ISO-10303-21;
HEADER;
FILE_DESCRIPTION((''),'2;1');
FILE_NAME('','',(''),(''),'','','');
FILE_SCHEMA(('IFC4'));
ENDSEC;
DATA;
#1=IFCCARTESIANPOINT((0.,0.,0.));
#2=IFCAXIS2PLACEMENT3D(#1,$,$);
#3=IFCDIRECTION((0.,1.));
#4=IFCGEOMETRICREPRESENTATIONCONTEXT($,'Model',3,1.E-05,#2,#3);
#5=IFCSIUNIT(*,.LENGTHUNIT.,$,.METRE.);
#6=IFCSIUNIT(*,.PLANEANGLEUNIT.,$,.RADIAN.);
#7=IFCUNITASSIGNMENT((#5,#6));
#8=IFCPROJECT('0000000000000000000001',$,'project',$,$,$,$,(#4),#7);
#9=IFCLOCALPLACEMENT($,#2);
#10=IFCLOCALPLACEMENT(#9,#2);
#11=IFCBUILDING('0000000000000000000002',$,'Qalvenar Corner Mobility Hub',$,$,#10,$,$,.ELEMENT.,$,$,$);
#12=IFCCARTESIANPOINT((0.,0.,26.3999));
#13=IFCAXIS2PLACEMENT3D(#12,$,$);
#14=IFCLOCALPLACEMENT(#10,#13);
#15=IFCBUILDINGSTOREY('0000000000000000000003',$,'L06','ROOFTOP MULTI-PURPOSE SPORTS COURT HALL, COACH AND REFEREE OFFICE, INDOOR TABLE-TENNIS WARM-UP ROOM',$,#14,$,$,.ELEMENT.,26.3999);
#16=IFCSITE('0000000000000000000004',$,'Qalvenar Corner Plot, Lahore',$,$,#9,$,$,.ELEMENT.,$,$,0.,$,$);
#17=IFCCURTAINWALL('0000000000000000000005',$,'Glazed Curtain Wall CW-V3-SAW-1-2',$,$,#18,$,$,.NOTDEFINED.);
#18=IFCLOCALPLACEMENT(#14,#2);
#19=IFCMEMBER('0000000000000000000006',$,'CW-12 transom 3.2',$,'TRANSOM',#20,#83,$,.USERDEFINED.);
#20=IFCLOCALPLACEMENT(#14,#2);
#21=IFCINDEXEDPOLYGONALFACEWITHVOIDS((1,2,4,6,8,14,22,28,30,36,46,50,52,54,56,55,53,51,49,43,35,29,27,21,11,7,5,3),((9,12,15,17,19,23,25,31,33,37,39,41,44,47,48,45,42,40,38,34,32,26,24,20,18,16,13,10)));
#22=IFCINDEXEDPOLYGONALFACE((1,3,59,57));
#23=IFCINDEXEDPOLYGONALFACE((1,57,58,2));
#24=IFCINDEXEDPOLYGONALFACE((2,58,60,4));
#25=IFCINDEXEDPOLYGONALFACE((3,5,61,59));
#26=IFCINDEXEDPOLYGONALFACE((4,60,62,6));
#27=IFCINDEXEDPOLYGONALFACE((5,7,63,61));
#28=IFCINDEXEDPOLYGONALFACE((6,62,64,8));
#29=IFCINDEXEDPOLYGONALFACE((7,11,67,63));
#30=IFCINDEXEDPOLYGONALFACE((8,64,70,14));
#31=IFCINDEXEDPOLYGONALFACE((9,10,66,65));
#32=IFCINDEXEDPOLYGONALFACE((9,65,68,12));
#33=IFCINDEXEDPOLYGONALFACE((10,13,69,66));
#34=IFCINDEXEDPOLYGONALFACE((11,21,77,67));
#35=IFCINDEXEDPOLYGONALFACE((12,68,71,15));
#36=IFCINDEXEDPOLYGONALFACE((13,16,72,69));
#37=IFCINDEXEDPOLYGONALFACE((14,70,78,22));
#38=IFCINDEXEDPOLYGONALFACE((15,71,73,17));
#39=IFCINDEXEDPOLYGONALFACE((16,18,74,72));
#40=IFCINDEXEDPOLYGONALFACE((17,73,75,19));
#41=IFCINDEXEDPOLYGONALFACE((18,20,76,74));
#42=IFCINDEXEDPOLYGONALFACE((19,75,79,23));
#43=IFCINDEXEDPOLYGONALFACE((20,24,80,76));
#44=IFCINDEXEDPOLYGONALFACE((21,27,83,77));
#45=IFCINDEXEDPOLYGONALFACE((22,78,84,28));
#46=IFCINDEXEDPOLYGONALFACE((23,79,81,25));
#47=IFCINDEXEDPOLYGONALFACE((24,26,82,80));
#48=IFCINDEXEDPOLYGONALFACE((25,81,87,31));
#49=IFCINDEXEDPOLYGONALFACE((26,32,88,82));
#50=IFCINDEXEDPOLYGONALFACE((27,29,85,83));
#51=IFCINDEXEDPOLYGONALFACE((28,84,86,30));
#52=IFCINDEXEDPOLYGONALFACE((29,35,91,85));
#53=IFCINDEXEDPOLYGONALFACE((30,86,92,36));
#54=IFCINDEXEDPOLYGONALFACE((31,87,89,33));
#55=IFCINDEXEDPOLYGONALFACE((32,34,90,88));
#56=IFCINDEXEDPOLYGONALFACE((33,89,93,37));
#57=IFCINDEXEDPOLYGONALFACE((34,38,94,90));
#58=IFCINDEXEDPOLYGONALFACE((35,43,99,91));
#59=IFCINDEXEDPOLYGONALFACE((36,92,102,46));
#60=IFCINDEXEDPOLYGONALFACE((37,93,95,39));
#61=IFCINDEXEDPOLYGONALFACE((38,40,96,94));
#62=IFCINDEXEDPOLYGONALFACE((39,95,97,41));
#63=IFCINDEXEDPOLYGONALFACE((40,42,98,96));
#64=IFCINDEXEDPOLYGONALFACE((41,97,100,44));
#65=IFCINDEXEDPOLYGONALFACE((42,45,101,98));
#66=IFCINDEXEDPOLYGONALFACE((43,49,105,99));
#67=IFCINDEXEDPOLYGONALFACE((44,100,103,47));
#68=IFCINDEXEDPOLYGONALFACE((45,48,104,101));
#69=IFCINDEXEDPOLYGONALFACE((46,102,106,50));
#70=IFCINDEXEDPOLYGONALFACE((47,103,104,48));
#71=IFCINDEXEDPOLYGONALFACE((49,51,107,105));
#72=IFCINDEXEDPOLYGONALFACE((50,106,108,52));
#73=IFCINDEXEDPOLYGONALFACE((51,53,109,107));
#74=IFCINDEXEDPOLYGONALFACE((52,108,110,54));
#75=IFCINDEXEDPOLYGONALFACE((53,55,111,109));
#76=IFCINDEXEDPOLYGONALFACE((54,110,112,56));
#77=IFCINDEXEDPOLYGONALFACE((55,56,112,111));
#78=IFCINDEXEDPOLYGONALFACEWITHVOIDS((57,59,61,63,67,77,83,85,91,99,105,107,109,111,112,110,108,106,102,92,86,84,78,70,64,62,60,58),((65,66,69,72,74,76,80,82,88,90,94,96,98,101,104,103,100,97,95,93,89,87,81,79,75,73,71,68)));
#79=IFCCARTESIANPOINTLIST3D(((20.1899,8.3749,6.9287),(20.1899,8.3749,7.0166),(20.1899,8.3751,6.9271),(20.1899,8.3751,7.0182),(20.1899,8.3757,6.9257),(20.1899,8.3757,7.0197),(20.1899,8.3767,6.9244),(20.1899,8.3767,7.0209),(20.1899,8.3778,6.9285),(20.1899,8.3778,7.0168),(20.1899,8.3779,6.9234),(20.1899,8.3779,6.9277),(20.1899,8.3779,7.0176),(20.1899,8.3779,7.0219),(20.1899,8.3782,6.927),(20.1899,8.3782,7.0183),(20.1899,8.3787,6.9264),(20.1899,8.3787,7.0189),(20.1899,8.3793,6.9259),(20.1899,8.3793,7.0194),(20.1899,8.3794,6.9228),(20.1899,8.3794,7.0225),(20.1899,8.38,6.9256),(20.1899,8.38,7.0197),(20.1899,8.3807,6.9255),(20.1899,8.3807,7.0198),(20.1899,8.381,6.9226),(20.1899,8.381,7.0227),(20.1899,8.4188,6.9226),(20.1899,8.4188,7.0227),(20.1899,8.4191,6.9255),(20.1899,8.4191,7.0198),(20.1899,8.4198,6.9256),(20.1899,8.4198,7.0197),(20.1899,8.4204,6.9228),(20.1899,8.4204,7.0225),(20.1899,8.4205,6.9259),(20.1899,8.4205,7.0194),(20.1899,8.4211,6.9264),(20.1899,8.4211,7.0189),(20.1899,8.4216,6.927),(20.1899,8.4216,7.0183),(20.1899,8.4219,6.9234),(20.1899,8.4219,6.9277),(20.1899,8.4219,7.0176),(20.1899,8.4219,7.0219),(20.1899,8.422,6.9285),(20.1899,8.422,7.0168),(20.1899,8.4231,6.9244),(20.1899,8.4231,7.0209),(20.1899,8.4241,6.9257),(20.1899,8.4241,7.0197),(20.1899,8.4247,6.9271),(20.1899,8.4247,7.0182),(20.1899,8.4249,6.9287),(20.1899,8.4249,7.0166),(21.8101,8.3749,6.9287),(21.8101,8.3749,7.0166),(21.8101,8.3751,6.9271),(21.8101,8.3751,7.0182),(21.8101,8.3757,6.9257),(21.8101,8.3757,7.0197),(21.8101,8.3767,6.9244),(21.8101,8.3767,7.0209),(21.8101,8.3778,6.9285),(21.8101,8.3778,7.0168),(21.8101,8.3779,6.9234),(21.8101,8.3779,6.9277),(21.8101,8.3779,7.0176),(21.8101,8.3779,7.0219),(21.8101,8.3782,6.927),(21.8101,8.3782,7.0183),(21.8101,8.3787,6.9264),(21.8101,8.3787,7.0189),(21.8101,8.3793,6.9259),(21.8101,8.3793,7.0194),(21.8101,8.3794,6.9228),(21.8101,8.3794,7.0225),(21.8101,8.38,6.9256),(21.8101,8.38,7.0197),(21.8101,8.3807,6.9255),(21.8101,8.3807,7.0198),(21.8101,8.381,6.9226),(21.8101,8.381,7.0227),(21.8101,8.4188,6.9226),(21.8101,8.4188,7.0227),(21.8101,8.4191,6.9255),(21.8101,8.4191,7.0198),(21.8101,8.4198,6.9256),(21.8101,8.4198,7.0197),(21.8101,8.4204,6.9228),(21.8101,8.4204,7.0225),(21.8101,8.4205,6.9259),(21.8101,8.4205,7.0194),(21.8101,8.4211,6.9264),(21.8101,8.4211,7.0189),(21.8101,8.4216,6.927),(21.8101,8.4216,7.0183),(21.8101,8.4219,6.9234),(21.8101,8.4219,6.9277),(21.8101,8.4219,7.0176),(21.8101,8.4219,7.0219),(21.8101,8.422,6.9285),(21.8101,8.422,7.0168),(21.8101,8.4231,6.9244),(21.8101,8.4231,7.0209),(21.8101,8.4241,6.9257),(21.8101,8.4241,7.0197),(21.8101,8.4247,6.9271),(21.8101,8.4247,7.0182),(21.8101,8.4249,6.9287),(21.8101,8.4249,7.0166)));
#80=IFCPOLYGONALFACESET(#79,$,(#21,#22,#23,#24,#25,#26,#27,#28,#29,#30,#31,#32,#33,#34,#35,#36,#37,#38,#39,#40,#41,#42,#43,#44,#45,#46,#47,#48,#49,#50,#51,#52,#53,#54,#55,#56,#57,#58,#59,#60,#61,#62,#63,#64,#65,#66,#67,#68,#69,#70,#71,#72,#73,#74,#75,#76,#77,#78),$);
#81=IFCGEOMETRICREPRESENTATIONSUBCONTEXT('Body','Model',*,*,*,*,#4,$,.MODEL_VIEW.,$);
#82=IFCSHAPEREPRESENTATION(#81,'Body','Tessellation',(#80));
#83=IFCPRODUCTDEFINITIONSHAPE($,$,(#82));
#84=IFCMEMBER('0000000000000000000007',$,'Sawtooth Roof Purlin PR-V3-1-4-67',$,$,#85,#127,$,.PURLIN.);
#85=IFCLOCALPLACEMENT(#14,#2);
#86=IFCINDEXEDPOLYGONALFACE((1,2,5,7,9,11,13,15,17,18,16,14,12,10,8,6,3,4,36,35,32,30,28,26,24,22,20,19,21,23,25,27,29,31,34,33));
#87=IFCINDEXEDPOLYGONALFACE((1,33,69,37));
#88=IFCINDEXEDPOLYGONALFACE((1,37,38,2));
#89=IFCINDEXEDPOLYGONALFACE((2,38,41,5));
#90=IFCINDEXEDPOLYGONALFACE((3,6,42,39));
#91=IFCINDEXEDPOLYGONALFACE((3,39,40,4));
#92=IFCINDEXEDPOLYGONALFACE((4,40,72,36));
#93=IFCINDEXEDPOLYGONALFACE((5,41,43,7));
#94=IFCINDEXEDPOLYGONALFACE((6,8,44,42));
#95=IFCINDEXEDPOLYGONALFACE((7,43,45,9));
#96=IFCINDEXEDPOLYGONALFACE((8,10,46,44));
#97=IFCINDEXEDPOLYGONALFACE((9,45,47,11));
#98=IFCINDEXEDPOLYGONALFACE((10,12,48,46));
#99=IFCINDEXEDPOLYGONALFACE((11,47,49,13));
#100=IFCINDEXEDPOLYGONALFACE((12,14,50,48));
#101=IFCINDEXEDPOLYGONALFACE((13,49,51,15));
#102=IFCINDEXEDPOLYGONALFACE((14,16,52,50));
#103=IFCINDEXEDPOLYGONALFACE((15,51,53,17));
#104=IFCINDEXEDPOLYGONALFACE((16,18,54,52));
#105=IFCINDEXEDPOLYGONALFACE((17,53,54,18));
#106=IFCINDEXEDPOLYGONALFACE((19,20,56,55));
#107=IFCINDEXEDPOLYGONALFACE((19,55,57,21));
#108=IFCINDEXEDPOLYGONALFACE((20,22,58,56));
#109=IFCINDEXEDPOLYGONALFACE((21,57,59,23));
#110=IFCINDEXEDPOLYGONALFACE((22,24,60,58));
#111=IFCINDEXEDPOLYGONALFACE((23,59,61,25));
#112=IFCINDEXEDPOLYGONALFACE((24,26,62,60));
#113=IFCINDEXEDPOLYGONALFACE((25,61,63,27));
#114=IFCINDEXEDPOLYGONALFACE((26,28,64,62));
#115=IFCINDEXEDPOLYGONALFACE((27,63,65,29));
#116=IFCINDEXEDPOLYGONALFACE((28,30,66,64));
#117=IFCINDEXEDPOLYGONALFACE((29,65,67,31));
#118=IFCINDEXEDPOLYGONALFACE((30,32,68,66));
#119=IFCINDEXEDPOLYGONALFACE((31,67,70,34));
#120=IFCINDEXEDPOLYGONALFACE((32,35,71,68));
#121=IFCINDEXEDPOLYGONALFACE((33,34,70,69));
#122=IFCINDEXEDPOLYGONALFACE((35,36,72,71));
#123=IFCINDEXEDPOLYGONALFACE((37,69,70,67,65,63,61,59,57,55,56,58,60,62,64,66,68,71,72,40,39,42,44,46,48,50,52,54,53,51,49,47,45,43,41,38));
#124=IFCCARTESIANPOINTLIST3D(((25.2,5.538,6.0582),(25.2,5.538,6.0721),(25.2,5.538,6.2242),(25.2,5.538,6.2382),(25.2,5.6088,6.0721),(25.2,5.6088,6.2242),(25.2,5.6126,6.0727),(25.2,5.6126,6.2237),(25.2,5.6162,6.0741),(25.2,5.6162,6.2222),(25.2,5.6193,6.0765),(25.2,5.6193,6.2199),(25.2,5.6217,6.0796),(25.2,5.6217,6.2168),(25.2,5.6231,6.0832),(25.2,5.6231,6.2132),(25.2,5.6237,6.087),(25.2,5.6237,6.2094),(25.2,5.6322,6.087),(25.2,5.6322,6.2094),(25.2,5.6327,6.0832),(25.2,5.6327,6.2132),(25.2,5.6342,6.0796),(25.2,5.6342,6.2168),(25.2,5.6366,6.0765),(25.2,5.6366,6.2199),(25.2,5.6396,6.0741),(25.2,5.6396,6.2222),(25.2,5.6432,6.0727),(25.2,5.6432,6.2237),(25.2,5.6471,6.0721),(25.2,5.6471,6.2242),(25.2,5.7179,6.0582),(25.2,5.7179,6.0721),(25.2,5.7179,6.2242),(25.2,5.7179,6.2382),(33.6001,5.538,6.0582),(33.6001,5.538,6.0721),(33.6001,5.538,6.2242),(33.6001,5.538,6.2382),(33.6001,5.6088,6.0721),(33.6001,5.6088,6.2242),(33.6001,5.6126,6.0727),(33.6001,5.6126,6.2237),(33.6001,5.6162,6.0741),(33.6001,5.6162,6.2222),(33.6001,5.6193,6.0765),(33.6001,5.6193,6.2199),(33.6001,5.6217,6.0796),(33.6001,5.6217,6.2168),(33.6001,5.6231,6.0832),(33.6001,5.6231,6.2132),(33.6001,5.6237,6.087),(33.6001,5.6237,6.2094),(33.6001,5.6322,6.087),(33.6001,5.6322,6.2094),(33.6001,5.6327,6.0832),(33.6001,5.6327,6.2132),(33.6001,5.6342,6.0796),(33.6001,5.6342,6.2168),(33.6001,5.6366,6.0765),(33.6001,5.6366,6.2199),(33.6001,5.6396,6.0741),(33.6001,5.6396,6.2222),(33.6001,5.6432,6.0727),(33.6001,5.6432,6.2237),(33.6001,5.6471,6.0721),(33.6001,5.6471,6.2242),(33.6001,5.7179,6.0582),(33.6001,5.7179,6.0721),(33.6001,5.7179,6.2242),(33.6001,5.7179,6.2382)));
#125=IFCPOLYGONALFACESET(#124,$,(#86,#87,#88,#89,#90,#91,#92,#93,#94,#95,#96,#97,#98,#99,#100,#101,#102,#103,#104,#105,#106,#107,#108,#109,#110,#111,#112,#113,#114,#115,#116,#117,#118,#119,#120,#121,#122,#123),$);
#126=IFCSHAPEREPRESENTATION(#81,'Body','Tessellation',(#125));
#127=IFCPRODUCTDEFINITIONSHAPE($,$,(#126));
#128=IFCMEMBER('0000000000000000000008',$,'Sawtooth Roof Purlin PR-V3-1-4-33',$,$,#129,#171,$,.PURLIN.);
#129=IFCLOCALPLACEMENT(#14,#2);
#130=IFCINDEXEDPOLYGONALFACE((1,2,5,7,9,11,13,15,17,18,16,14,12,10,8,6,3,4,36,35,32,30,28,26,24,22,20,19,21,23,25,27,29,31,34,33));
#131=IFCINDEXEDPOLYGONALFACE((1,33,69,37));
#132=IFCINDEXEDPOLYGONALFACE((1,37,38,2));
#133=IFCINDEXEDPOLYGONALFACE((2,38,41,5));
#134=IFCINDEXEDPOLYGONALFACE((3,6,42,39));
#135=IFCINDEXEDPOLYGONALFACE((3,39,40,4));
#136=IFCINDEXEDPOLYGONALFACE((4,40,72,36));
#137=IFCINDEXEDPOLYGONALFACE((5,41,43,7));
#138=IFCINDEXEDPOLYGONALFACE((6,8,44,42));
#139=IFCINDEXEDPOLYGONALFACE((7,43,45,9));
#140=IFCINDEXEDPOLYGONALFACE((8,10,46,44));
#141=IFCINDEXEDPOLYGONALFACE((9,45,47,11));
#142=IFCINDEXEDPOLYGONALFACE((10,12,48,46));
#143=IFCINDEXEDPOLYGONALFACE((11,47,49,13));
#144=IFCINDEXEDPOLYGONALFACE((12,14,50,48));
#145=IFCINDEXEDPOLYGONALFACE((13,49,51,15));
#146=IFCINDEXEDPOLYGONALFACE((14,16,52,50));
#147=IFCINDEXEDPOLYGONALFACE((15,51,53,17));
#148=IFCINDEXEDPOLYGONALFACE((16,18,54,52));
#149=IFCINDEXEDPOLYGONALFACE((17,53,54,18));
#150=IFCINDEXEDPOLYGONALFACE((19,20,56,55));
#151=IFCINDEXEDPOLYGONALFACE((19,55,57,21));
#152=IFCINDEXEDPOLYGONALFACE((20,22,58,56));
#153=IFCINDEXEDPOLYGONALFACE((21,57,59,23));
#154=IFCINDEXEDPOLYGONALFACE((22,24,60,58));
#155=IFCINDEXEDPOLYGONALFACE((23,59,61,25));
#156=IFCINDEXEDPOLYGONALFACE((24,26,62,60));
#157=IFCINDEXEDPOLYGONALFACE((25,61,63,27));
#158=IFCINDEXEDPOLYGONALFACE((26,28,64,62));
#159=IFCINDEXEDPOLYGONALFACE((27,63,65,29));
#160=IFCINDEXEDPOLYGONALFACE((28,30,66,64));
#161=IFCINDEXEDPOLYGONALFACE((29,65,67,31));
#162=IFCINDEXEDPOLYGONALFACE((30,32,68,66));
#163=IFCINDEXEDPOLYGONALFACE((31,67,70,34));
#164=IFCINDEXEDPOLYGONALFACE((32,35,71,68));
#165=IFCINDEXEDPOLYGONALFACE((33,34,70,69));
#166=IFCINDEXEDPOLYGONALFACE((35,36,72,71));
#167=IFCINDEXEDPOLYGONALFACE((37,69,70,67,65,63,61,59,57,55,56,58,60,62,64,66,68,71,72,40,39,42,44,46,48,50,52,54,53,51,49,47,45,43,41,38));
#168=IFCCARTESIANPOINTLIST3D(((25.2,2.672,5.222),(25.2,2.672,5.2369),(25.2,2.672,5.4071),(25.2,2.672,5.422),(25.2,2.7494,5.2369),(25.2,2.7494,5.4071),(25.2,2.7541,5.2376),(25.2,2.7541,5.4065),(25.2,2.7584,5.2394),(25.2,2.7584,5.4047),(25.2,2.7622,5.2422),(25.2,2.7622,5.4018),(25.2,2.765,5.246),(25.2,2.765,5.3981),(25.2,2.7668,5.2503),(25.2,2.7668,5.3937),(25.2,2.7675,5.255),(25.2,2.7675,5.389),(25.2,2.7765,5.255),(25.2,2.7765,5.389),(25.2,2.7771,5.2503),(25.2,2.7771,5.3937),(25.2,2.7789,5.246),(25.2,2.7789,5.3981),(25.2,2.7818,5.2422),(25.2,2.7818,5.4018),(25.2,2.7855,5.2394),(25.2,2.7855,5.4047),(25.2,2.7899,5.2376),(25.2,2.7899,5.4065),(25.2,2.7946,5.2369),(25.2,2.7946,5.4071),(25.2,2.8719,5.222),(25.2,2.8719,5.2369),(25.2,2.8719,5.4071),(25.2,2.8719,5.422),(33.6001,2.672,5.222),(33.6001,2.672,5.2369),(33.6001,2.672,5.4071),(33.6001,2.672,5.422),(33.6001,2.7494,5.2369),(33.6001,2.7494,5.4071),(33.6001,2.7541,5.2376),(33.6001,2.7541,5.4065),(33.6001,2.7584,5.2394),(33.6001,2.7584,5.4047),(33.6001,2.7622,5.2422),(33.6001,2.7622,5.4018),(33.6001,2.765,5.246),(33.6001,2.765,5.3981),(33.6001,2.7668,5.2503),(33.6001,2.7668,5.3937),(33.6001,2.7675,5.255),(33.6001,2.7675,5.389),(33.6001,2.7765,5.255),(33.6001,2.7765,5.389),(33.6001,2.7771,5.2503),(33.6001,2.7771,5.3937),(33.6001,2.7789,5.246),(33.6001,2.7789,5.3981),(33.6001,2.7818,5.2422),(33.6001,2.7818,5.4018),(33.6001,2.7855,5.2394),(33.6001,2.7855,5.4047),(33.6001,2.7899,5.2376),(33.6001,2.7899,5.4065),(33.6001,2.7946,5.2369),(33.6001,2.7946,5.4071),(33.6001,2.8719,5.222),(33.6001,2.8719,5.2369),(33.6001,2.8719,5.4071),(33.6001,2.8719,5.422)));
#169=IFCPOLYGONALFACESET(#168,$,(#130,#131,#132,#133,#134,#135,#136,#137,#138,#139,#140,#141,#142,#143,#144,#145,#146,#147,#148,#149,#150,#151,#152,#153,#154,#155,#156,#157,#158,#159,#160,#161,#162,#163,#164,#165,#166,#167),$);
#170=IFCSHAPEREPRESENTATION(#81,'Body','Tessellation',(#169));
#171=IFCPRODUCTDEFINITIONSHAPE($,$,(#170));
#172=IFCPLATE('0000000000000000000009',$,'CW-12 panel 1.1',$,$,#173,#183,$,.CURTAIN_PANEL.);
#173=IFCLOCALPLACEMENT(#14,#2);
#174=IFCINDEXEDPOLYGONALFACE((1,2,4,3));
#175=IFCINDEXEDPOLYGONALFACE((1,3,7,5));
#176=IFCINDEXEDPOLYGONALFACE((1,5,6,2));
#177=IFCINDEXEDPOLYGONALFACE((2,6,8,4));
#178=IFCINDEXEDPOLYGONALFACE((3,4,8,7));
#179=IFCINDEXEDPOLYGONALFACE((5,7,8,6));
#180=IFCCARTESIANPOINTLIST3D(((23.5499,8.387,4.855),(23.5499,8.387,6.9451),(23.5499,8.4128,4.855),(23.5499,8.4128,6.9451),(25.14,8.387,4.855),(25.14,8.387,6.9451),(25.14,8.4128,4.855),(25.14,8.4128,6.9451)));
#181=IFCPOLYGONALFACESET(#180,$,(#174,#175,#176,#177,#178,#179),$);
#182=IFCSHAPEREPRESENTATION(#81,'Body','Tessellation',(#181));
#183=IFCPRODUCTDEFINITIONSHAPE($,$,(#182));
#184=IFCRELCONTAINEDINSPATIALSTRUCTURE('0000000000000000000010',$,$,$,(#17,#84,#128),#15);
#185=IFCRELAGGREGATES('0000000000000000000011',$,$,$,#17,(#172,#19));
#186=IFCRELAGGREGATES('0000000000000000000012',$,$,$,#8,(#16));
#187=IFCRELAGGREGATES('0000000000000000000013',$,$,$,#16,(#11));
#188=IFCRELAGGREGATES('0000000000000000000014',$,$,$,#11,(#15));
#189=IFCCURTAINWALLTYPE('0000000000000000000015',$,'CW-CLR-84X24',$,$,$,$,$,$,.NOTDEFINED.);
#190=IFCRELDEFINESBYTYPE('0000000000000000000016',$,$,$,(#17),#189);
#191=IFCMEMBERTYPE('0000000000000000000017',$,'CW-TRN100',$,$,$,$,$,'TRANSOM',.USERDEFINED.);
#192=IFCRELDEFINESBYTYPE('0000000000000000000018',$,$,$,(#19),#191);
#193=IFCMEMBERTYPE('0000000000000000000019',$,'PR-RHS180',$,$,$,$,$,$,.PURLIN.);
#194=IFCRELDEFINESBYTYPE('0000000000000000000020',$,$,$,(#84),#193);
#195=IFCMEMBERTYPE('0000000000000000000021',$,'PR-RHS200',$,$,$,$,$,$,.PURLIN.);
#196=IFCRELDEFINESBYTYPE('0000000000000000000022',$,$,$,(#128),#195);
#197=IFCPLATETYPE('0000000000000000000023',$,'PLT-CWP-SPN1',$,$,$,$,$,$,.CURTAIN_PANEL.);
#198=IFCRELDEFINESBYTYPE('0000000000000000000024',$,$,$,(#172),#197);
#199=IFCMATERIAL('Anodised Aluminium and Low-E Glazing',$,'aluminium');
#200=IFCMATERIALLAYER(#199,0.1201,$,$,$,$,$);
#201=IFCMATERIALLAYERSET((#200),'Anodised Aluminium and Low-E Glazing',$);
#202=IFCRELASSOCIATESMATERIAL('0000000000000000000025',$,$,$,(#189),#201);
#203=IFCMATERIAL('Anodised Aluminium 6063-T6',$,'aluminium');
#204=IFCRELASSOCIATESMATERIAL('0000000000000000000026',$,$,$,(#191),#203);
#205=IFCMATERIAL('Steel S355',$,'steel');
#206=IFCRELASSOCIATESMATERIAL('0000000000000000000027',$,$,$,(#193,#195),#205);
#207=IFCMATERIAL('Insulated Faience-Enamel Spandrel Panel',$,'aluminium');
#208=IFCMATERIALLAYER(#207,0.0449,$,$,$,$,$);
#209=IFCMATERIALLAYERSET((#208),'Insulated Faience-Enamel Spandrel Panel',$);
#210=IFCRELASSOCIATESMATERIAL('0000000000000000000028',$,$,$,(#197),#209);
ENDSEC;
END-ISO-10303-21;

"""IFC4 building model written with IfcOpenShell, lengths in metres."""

from ifc_helpers import new_model, si_unit, direction, frame, origin, origin_2d, place, context, subcontext, project, spatial, rectangle, hollow_rectangle, i_section, extrude, material, layer, layer_set, material_profile, profile_set, type_object, element, aggregate, save


model = new_model("IFC4")

# Units and contexts
model_context = context("Model", 3, precision=1e-05, world=origin(), true_north=direction((0.0, 1.0)))
body_context = subcontext(model_context, "Body", "Model", "MODEL_VIEW")
ifc_project = project(units=[si_unit("LENGTHUNIT", "METRE"), si_unit("PLANEANGLEUNIT", "RADIAN")], contexts=[model_context])

# Site, building, storey
site_placement = place(None, origin())
site = spatial("IfcSite", under=ifc_project, at=site_placement, Name="Qalvenar Corner Plot, Lahore", CompositionType="ELEMENT", RefElevation=0.0)
building_placement = place(site_placement, origin())
building = spatial("IfcBuilding", under=site, at=building_placement, Name="Qalvenar Corner Mobility Hub", CompositionType="ELEMENT")
storey_placement = place(building_placement, frame((0.0, 0.0, 26.3999)))
storey = spatial("IfcBuildingStorey", under=building, at=storey_placement, Name="L06", Description="ROOFTOP MULTI-PURPOSE SPORTS COURT HALL, COACH AND REFEREE OFFICE, INDOOR TABLE-TENNIS WARM-UP ROOM", CompositionType="ELEMENT", Elevation=26.3999)

# Shared definitions
ifc_material_1 = material(Name="Steel S355", Category="steel")

# Curtain wall
ifc_material_2 = material(Name="Anodised Aluminium and Low-E Glazing", Category="aluminium")
ifc_layer_1 = layer(ifc_material_2, 0.1201)
ifc_layer_set_1 = layer_set([ifc_layer_1], Name="Anodised Aluminium and Low-E Glazing")
curtain_wall_type = type_object("IfcCurtainWallType", Name="CW-CLR-84X24", PredefinedType="NOTDEFINED", material=ifc_layer_set_1)
curtain_wall_1_placement = place(storey_placement, origin())
curtain_wall_1 = element("IfcCurtainWall", 1, at=curtain_wall_1_placement, inside=storey, type_object=curtain_wall_type, Name="Glazed Curtain Wall CW-V3-SAW-1-2", PredefinedType="NOTDEFINED")
ifc_material_3 = material(Name="Anodised Aluminium 6063-T6", Category="aluminium")

# Member
ifc_material_profile_1 = material_profile(ifc_material_3, hollow_rectangle(XDim=0.05, YDim=0.1001, WallThickness=0.0029, InnerFilletRadius=0.0029, OuterFilletRadius=0.0061, at=origin_2d()), Name="RHS100x50x3")
ifc_profile_set_1 = profile_set([ifc_material_profile_1], Name="Anodised Aluminium 6063-T6")
member_type_1 = type_object("IfcMemberType", Name="CW-TRN100", ElementType="TRANSOM", PredefinedType="USERDEFINED", material=ifc_profile_set_1)
member_1_placement = place(storey_placement, frame((21.8101, 8.3999, 6.9727), z_axis=(-1.0, 0.0, 0.0), x_axis=(0.0, -1.0, 0.0)))
member_1 = element("IfcMember", 2, at=member_1_placement, type_object=member_type_1, Name="CW-12 transom 3.2", ObjectType="TRANSOM", PredefinedType="USERDEFINED", context=body_context, shape_type="SweptSolid", body=[
    extrude(hollow_rectangle(XDim=0.05, YDim=0.1001, WallThickness=0.0029, InnerFilletRadius=0.0029, OuterFilletRadius=0.0061, at=origin_2d()), origin(), (0.0, 0.0, 1.0), 1.6201),
])

# Members
ifc_material_profile_2 = material_profile(ifc_material_1, i_section(OverallWidth=0.1799, OverallDepth=0.1799, WebThickness=0.0085, FlangeThickness=0.0139, FilletRadius=0.0149, at=origin_2d()), Name="HEB180")
ifc_profile_set_2 = profile_set([ifc_material_profile_2], Name="Steel S355")
member_type_2 = type_object("IfcMemberType", Name="PR-RHS180", PredefinedType="PURLIN", material=ifc_profile_set_2)
member_2_placement = place(storey_placement, frame((25.2, 5.6279, 6.1482), z_axis=(1.0, 0.0, 0.0), x_axis=(0.0, 1.0, 0.0)))
element("IfcMember", 3, at=member_2_placement, inside=storey, type_object=member_type_2, Name="Sawtooth Roof Purlin PR-V3-1-4-67", PredefinedType="PURLIN", context=body_context, shape_type="SweptSolid", body=[
    extrude(i_section(OverallWidth=0.1799, OverallDepth=0.1799, WebThickness=0.0085, FlangeThickness=0.0139, FilletRadius=0.0149, at=origin_2d()), origin(), (0.0, 0.0, 1.0), 8.4001),
])
ifc_material_profile_3 = material_profile(ifc_material_1, i_section(OverallWidth=0.2, OverallDepth=0.2, WebThickness=0.009, FlangeThickness=0.0149, FilletRadius=0.0181, at=origin_2d()), Name="HEB200")
ifc_profile_set_3 = profile_set([ifc_material_profile_3], Name="Steel S355")
member_type_3 = type_object("IfcMemberType", Name="PR-RHS200", PredefinedType="PURLIN", material=ifc_profile_set_3)
member_3_placement = place(storey_placement, frame((25.2, 2.772, 5.322), z_axis=(1.0, 0.0, 0.0), x_axis=(0.0, 1.0, 0.0)))
element("IfcMember", 4, at=member_3_placement, inside=storey, type_object=member_type_3, Name="Sawtooth Roof Purlin PR-V3-1-4-33", PredefinedType="PURLIN", context=body_context, shape_type="SweptSolid", body=[
    extrude(i_section(OverallWidth=0.2, OverallDepth=0.2, WebThickness=0.009, FlangeThickness=0.0149, FilletRadius=0.0181, at=origin_2d()), origin(), (0.0, 0.0, 1.0), 8.4001),
])

# Plate
ifc_material_4 = material(Name="Insulated Faience-Enamel Spandrel Panel", Category="aluminium")
ifc_layer_2 = layer(ifc_material_4, 0.0449)
ifc_layer_set_2 = layer_set([ifc_layer_2], Name="Insulated Faience-Enamel Spandrel Panel")
plate_type = type_object("IfcPlateType", Name="PLT-CWP-SPN1", PredefinedType="CURTAIN_PANEL", material=ifc_layer_set_2)
plate_1_placement = place(storey_placement, frame((24.345, 8.3999, 4.855), z_axis=(0.0, 0.0, 1.0), x_axis=(-1.0, 0.0, 0.0)))
plate_1 = element("IfcPlate", 5, at=plate_1_placement, type_object=plate_type, Name="CW-12 panel 1.1", PredefinedType="CURTAIN_PANEL", context=body_context, shape_type="SweptSolid", body=[
    extrude(rectangle(XDim=1.5901, YDim=0.0259, at=origin_2d()), origin(), (0.0, 0.0, 1.0), 2.0901),
])
aggregate(curtain_wall_1, [plate_1, member_1])

save(model, "model.ifc")
